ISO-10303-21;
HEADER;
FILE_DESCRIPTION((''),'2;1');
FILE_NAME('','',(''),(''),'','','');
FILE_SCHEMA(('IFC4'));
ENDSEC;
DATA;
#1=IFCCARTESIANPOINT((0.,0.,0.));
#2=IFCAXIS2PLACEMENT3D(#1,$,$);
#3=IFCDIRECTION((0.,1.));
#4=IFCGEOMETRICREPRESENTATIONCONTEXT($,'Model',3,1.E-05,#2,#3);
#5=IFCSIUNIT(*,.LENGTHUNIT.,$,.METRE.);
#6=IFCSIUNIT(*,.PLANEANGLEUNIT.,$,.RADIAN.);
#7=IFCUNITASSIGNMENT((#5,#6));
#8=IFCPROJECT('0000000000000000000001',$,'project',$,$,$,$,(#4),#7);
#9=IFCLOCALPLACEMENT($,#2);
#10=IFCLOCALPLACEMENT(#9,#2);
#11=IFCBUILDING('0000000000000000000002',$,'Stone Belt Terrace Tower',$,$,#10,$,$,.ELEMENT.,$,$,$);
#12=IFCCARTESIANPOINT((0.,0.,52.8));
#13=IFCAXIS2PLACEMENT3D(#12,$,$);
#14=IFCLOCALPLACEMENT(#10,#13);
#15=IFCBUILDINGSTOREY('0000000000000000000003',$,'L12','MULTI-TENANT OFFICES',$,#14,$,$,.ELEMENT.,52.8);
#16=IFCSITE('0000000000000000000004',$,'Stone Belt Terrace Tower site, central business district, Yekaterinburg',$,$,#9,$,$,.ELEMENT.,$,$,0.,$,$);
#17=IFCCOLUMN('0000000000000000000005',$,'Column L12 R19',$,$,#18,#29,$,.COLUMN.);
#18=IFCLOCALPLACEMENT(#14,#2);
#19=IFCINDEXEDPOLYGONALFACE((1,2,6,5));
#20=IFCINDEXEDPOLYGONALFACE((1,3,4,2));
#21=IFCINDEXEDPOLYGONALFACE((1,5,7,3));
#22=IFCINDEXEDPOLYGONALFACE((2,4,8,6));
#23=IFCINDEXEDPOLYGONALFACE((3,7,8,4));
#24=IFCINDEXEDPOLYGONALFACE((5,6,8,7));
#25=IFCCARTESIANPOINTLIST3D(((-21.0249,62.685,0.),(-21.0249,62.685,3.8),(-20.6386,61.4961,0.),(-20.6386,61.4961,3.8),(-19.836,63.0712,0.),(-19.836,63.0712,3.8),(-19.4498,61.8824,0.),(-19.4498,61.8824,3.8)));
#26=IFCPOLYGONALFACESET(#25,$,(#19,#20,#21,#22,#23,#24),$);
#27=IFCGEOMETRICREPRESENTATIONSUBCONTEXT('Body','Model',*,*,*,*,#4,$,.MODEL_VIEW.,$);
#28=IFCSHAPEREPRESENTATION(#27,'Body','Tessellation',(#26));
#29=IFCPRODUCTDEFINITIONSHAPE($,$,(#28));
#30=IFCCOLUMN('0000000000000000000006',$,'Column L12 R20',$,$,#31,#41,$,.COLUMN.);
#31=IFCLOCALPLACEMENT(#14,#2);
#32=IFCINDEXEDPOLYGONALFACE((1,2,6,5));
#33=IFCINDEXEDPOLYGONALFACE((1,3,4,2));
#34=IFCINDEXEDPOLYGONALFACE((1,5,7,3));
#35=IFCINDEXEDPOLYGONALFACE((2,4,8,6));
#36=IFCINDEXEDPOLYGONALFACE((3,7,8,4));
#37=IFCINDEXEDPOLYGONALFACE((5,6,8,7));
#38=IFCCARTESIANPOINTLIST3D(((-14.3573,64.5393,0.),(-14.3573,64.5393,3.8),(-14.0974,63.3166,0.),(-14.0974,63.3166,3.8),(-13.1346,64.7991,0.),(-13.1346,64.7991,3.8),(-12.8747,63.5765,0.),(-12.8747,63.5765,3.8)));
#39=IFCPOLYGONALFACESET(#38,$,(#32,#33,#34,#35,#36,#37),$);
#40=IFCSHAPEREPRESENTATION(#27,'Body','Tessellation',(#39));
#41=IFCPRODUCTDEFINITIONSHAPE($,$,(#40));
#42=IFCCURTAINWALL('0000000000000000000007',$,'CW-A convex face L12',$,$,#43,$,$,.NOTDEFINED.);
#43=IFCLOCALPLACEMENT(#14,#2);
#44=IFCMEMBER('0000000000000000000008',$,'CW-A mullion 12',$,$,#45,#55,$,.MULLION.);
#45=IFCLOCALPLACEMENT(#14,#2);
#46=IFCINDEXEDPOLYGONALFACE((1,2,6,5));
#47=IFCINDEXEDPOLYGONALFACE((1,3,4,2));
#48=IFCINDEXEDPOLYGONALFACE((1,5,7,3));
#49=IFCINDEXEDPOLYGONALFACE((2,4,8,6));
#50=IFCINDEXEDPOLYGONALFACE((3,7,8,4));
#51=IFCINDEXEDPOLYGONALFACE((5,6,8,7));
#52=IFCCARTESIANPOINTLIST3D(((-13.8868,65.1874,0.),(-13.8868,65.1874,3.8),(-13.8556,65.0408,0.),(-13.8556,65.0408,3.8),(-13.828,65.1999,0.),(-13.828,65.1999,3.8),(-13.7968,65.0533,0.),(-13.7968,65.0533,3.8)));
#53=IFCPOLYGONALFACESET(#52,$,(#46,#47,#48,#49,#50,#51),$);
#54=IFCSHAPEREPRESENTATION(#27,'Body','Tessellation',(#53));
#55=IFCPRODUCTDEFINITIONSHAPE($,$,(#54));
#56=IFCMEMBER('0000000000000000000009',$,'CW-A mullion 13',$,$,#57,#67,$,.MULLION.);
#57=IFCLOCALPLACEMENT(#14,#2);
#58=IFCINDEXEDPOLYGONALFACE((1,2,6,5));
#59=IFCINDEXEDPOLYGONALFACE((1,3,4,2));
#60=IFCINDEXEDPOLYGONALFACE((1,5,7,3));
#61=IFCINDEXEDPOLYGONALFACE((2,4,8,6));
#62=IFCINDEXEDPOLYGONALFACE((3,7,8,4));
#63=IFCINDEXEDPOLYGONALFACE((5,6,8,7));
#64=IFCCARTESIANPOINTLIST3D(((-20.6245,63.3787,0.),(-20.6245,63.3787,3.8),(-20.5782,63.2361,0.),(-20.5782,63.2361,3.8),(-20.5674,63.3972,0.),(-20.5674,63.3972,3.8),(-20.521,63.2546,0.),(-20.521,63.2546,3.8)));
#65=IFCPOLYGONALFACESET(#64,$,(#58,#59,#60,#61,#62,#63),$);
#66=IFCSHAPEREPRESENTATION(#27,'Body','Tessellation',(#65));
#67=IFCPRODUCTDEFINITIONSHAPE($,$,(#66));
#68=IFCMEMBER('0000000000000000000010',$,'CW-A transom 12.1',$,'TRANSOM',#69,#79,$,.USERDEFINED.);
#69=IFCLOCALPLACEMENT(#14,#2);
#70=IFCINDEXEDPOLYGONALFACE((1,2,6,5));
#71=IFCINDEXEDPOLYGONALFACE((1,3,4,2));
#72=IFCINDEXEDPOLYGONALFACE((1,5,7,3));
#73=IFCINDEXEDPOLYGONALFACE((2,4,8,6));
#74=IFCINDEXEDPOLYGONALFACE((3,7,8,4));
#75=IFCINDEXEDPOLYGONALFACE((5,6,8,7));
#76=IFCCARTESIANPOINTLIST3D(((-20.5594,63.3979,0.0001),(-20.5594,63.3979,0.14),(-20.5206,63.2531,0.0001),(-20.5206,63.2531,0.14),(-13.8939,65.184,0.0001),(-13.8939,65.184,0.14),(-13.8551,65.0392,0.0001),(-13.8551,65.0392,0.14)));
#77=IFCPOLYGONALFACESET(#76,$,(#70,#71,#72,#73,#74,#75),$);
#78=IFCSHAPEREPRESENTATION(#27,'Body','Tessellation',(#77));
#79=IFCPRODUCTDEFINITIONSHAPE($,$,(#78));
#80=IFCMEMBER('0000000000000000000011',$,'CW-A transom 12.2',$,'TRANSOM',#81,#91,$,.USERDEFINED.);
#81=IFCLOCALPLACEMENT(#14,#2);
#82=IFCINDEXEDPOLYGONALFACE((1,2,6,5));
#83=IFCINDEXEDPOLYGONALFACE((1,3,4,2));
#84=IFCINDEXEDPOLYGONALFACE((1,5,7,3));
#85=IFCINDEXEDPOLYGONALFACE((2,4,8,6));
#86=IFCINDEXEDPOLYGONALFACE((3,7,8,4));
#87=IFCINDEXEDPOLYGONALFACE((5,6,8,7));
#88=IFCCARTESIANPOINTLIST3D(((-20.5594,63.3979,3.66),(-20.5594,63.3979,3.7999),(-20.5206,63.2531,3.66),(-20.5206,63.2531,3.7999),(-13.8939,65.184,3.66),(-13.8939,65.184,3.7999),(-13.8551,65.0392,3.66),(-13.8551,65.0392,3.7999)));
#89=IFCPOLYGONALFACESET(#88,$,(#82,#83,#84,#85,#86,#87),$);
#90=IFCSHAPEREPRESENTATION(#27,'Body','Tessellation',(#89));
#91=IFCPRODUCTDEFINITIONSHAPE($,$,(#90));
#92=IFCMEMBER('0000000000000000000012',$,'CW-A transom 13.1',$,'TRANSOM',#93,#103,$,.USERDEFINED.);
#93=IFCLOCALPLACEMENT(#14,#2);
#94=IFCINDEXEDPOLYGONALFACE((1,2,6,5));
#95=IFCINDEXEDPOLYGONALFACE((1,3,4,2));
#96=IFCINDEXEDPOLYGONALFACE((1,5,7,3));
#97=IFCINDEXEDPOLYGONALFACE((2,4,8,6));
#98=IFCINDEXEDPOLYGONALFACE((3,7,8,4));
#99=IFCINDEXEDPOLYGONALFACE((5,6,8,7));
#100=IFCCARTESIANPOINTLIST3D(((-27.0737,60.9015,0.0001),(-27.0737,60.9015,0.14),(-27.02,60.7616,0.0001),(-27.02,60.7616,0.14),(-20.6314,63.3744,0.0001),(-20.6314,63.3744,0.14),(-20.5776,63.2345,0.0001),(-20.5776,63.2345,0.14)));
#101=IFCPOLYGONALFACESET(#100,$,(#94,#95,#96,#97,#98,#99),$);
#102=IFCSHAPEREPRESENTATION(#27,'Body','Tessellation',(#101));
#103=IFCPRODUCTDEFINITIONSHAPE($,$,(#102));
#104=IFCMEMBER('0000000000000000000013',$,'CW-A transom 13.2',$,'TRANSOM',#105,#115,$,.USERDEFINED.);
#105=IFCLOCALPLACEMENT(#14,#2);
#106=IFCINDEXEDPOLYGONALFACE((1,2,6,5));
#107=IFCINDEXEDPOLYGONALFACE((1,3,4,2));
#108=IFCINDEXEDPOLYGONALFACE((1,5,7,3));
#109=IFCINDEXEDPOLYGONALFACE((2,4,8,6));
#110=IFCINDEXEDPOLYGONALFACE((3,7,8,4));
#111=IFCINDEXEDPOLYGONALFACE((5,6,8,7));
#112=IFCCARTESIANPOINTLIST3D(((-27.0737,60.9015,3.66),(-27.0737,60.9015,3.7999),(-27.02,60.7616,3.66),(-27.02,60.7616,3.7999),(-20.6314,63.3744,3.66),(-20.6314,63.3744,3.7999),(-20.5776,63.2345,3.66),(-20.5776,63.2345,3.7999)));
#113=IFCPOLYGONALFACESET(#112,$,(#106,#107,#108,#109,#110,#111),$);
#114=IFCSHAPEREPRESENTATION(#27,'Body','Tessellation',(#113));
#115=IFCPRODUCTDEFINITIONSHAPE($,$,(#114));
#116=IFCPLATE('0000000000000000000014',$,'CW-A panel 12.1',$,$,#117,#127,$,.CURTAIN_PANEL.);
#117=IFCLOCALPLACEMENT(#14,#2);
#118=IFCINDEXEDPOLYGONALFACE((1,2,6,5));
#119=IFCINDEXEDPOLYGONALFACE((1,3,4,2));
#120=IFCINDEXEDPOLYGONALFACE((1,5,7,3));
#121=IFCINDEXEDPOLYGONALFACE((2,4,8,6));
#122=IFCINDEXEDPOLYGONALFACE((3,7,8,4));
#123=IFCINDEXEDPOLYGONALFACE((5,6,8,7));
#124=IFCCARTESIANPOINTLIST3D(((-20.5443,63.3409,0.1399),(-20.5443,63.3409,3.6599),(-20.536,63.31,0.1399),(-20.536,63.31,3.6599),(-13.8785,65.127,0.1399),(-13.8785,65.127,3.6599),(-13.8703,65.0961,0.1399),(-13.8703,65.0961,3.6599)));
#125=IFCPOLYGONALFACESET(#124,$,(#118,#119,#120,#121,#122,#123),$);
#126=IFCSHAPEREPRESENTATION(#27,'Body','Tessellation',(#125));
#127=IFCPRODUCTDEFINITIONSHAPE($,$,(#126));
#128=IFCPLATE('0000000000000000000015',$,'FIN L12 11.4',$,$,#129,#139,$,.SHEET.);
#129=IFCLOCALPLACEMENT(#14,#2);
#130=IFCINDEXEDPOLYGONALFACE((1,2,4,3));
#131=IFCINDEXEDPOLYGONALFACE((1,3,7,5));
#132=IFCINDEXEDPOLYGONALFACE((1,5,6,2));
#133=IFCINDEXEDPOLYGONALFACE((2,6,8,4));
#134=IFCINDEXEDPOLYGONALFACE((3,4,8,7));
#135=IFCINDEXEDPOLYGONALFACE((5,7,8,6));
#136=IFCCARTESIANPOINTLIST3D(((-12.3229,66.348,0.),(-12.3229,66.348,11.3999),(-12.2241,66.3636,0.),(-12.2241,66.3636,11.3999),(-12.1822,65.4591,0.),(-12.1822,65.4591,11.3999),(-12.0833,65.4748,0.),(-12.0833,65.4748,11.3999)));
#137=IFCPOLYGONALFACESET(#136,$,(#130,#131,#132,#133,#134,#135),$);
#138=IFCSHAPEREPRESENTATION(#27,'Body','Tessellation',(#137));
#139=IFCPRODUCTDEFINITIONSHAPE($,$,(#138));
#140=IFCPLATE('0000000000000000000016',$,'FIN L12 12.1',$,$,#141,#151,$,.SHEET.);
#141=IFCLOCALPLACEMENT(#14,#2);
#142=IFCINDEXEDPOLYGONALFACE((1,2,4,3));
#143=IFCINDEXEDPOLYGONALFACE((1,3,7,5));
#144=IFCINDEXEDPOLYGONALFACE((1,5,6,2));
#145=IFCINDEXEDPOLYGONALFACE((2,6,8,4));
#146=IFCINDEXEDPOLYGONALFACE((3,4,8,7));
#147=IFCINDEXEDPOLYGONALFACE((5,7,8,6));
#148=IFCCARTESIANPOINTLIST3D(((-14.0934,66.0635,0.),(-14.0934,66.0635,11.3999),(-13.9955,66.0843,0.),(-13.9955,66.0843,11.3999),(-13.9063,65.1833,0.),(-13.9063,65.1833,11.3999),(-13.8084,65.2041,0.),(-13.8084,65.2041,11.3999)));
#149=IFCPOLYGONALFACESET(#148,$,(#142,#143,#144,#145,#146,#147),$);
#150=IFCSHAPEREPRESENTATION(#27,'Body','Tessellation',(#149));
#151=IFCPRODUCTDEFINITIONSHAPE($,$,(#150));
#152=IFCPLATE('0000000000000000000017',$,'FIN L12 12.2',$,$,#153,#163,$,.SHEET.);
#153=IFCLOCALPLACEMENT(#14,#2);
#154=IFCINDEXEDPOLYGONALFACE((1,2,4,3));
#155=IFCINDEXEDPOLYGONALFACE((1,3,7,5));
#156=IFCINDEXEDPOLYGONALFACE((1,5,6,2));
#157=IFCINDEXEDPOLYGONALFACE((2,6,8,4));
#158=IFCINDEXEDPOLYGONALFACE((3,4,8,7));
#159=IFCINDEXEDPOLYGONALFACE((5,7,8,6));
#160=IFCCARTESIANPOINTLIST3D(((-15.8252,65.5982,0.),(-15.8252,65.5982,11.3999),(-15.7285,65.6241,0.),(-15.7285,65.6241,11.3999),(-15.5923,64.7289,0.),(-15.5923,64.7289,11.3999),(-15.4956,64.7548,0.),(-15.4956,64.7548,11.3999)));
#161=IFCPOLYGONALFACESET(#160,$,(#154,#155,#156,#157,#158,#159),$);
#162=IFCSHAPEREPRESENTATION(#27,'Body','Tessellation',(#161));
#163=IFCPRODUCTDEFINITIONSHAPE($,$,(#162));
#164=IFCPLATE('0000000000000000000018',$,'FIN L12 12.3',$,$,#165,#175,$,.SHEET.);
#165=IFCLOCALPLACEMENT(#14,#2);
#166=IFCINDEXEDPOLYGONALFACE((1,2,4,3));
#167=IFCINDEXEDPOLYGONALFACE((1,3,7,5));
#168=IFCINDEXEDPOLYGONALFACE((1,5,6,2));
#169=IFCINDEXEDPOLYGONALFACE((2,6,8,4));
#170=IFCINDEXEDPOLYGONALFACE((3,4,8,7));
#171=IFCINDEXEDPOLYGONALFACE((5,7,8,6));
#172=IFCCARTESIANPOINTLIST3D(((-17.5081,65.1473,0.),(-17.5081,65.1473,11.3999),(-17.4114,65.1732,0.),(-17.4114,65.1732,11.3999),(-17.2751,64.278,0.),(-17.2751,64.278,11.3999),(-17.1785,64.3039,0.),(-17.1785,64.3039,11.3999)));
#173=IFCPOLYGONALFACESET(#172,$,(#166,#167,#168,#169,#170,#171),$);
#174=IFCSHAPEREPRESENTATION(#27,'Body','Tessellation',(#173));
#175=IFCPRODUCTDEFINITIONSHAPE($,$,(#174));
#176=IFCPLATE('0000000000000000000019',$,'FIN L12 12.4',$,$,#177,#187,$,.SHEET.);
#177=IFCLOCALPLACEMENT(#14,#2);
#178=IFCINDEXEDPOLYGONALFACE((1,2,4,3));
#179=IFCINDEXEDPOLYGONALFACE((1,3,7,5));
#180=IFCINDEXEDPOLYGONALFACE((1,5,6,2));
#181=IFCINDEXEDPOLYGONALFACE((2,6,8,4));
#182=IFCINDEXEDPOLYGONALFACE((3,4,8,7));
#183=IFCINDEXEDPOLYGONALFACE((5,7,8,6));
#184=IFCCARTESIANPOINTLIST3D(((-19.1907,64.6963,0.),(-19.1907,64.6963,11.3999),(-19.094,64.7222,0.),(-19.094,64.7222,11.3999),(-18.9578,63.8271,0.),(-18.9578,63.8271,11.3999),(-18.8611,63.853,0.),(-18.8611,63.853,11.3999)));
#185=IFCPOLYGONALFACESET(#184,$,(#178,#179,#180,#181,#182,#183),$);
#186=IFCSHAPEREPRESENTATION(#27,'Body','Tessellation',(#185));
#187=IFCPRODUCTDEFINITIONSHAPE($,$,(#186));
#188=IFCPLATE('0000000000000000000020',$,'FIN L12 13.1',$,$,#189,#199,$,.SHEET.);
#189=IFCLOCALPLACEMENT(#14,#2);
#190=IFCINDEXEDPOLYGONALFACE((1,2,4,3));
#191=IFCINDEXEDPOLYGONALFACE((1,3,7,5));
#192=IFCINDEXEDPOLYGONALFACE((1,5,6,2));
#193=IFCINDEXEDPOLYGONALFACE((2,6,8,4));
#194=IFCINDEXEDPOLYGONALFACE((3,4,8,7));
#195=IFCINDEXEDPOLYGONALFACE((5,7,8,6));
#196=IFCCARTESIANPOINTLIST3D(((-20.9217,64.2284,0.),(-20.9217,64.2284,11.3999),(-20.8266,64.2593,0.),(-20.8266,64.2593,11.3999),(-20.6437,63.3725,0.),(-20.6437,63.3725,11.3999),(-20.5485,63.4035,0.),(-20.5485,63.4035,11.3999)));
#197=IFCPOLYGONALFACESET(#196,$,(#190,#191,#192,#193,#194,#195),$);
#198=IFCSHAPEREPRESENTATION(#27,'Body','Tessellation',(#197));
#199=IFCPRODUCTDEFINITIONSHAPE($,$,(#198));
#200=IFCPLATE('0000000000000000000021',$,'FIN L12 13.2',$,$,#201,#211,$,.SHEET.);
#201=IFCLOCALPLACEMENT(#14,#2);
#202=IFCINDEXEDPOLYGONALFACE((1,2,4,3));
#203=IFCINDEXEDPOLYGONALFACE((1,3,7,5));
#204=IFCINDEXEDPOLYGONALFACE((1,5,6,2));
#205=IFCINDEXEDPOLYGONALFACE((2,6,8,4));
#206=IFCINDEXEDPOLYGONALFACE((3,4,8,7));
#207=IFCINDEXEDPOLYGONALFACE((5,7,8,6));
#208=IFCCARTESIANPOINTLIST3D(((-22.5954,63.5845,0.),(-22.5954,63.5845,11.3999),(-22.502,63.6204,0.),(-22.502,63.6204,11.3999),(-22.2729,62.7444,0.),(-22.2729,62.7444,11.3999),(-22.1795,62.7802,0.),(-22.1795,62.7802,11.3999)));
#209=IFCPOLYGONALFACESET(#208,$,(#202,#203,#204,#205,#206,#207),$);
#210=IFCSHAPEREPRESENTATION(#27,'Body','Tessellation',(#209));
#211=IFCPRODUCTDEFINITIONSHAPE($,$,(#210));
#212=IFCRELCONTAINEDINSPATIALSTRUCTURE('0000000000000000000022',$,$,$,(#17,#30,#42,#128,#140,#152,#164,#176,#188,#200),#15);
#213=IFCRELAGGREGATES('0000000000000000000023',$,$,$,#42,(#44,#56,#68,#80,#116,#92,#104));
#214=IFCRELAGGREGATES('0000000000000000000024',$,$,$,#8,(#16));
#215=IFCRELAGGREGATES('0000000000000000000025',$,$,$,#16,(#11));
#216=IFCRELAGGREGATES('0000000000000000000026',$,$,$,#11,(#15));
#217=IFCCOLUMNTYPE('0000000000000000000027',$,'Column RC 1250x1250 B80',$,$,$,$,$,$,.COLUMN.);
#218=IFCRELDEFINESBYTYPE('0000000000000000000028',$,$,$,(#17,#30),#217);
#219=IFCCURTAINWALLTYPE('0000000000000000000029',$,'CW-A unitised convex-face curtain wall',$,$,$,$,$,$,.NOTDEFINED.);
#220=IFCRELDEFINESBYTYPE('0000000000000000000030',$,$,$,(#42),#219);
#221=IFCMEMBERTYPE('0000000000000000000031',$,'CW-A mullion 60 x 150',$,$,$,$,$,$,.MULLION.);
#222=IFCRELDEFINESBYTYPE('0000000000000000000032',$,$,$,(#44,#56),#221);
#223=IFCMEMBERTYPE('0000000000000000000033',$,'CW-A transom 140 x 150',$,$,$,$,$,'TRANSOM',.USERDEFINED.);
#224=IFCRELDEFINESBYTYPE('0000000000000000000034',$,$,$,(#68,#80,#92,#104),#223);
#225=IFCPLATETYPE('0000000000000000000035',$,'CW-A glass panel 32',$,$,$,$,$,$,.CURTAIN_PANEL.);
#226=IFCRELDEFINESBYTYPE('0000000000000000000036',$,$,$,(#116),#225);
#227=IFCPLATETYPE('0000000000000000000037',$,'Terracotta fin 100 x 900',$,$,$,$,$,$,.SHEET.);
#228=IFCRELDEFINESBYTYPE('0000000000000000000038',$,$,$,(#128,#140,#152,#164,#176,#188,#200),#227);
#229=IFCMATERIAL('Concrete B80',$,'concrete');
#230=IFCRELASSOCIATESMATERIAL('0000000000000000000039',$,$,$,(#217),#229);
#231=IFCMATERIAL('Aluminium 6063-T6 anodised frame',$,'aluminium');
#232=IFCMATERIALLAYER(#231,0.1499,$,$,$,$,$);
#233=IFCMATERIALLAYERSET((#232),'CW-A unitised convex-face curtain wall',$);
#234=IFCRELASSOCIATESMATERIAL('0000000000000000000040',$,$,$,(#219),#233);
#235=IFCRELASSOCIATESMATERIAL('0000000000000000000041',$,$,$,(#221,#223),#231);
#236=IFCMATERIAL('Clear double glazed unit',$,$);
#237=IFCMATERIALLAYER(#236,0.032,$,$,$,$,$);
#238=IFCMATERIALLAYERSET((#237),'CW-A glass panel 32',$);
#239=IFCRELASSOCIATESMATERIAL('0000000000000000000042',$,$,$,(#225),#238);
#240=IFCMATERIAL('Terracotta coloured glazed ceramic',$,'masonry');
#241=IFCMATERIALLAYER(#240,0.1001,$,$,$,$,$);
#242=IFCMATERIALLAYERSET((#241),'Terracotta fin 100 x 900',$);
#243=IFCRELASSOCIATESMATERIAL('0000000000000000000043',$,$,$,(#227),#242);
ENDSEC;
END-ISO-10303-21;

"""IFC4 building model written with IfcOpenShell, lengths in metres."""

from ifc_helpers import new_model, si_unit, direction, frame, origin, origin_2d, place, context, subcontext, project, spatial, rectangle, extrude, material, layer, layer_set, material_profile, profile_set, type_object, element, aggregate, save


model = new_model("IFC4")

# Units and contexts
model_context = context("Model", 3, precision=1e-05, world=origin(), true_north=direction((0.0, 1.0)))
body_context = subcontext(model_context, "Body", "Model", "MODEL_VIEW")
ifc_project = project(units=[si_unit("LENGTHUNIT", "METRE"), si_unit("PLANEANGLEUNIT", "RADIAN")], contexts=[model_context])

# Site, building, storey
site_placement = place(None, origin())
site = spatial("IfcSite", under=ifc_project, at=site_placement, Name="Stone Belt Terrace Tower site, central business district, Yekaterinburg", CompositionType="ELEMENT", RefElevation=0.0)
building_placement = place(site_placement, origin())
building = spatial("IfcBuilding", under=site, at=building_placement, Name="Stone Belt Terrace Tower", CompositionType="ELEMENT")
storey_placement = place(building_placement, frame((0.0, 0.0, 52.8)))
storey = spatial("IfcBuildingStorey", under=building, at=storey_placement, Name="L12", Description="MULTI-TENANT OFFICES", CompositionType="ELEMENT", Elevation=52.8)

# Columns
ifc_material_1 = material(Name="Concrete B80", Category="concrete")
ifc_material_profile_1 = material_profile(ifc_material_1, rectangle(XDim=1.25, YDim=1.25, at=origin_2d()), Name="RC 1250x1250")
ifc_profile_set_1 = profile_set([ifc_material_profile_1], Name="Concrete B80")
column_type = type_object("IfcColumnType", Name="Column RC 1250x1250 B80", PredefinedType="COLUMN", material=ifc_profile_set_1)
for number, where, z_axis, x_axis, name in (
    (1, (-20.2373, 62.2837, 0.0), (0.0, 0.0, 1.0), (0.951057, 0.309017, 0.0), "Column L12 R19"),
    (2, (-13.616, 64.0579, 0.0), (0.0, 0.0, 1.0), (0.978148, 0.207912, 0.0), "Column L12 R20"),
):
    element("IfcColumn", number, at=place(storey_placement, frame(where, z_axis=z_axis, x_axis=x_axis)), inside=storey, type_object=column_type, Name=name, PredefinedType="COLUMN", context=body_context, shape_type="SweptSolid", body=[
        extrude(rectangle(XDim=1.25, YDim=1.25, at=origin_2d()), origin(), (0.0, 0.0, 1.0), 3.8),
    ])

# Curtain wall, members, plate
ifc_material_2 = material(Name="Aluminium 6063-T6 anodised frame", Category="aluminium")
ifc_layer_1 = layer(ifc_material_2, 0.1499)
ifc_layer_set_1 = layer_set([ifc_layer_1], Name="CW-A unitised convex-face curtain wall")
curtain_wall_type = type_object("IfcCurtainWallType", Name="CW-A unitised convex-face curtain wall", PredefinedType="NOTDEFINED", material=ifc_layer_set_1)
curtain_wall_placement = place(storey_placement, origin())
curtain_wall = element("IfcCurtainWall", 3, at=curtain_wall_placement, inside=storey, type_object=curtain_wall_type, Name="CW-A convex face L12", PredefinedType="NOTDEFINED")
ifc_material_profile_2 = material_profile(ifc_material_2, rectangle(XDim=0.1499, YDim=0.0601, at=origin_2d()), Name="Aluminium 6063-T6 60x150")
ifc_profile_set_2 = profile_set([ifc_material_profile_2], Name="Aluminium 6063-T6 anodised frame")
member_type_1 = type_object("IfcMemberType", Name="CW-A mullion 60 x 150", PredefinedType="MULLION", material=ifc_profile_set_2)
member_1_placement = place(storey_placement, frame((-13.8418, 65.1204, 0.0), z_axis=(0.0, 0.0, 1.0), x_axis=(0.207912, -0.978148, 0.0)))
member_1 = element("IfcMember", 4, at=member_1_placement, type_object=member_type_1, Name="CW-A mullion 12", PredefinedType="MULLION", context=body_context, shape_type="SweptSolid", body=[
    extrude(rectangle(XDim=0.1499, YDim=0.0601, at=origin_2d()), origin(), (0.0, 0.0, 1.0), 3.8),
])
member_2_placement = place(storey_placement, frame((-20.5728, 63.3167, 0.0), z_axis=(0.0, 0.0, 1.0), x_axis=(0.309017, -0.951057, 0.0)))
member_2 = element("IfcMember", 5, at=member_2_placement, type_object=member_type_1, Name="CW-A mullion 13", PredefinedType="MULLION", context=body_context, shape_type="SweptSolid", body=[
    extrude(rectangle(XDim=0.1499, YDim=0.0601, at=origin_2d()), origin(), (0.0, 0.0, 1.0), 3.8),
])
ifc_material_profile_3 = material_profile(ifc_material_2, rectangle(XDim=0.1499, YDim=0.1399, at=origin_2d()), Name="Aluminium 6063-T6 150x140")
ifc_profile_set_3 = profile_set([ifc_material_profile_3], Name="Aluminium 6063-T6 anodised frame")
member_type_2 = type_object("IfcMemberType", Name="CW-A transom 140 x 150", ElementType="TRANSOM", PredefinedType="USERDEFINED", material=ifc_profile_set_3)
member_3_placement = place(storey_placement, frame((-13.8745, 65.1116, 0.0701), z_axis=(-0.965922, -0.258834, 0.0), x_axis=(0.258834, -0.965922, 0.0)))
member_3 = element("IfcMember", 6, at=member_3_placement, type_object=member_type_2, Name="CW-A transom 12.1", ObjectType="TRANSOM", PredefinedType="USERDEFINED", context=body_context, shape_type="SweptSolid", body=[
    extrude(rectangle(XDim=0.1499, YDim=0.1399, at=origin_2d()), origin(), (0.0, 0.0, 1.0), 6.9006),
])
member_4_placement = place(storey_placement, frame((-13.8745, 65.1116, 3.73), z_axis=(-0.965922, -0.258834, 0.0), x_axis=(0.258834, -0.965922, 0.0)))
member_4 = element("IfcMember", 7, at=member_4_placement, type_object=member_type_2, Name="CW-A transom 12.2", ObjectType="TRANSOM", PredefinedType="USERDEFINED", context=body_context, shape_type="SweptSolid", body=[
    extrude(rectangle(XDim=0.1499, YDim=0.1399, at=origin_2d()), origin(), (0.0, 0.0, 1.0), 6.9006),
])
member_5_placement = place(storey_placement, frame((-20.6045, 63.3044, 0.0701), z_axis=(-0.933585, -0.358355, 0.0), x_axis=(0.358355, -0.933585, 0.0)))
member_5 = element("IfcMember", 8, at=member_5_placement, type_object=member_type_2, Name="CW-A transom 13.1", ObjectType="TRANSOM", PredefinedType="USERDEFINED", context=body_context, shape_type="SweptSolid", body=[
    extrude(rectangle(XDim=0.1499, YDim=0.1399, at=origin_2d()), origin(), (0.0, 0.0, 1.0), 6.9006),
])
member_6_placement = place(storey_placement, frame((-20.6045, 63.3044, 3.73), z_axis=(-0.933585, -0.358355, 0.0), x_axis=(0.358355, -0.933585, 0.0)))
member_6 = element("IfcMember", 9, at=member_6_placement, type_object=member_type_2, Name="CW-A transom 13.2", ObjectType="TRANSOM", PredefinedType="USERDEFINED", context=body_context, shape_type="SweptSolid", body=[
    extrude(rectangle(XDim=0.1499, YDim=0.1399, at=origin_2d()), origin(), (0.0, 0.0, 1.0), 6.9006),
])
ifc_material_3 = material(Name="Clear double glazed unit")
ifc_layer_2 = layer(ifc_material_3, 0.032)
ifc_layer_set_2 = layer_set([ifc_layer_2], Name="CW-A glass panel 32")
plate_type_1 = type_object("IfcPlateType", Name="CW-A glass panel 32", PredefinedType="CURTAIN_PANEL", material=ifc_layer_set_2)
plate_placement = place(storey_placement, frame((-17.2073, 64.2185, 0.1399), z_axis=(0.0, 0.0, 1.0), x_axis=(-0.965926, -0.258819, 0.0)))
plate = element("IfcPlate", 10, at=plate_placement, type_object=plate_type_1, Name="CW-A panel 12.1", PredefinedType="CURTAIN_PANEL", context=body_context, shape_type="SweptSolid", body=[
    extrude(rectangle(XDim=6.9009, YDim=0.032, at=origin_2d()), origin(), (0.0, 0.0, 1.0), 3.52),
])
aggregate(curtain_wall, [member_1, member_2, member_3, member_4, plate, member_5, member_6])

# Plates
ifc_material_4 = material(Name="Terracotta coloured glazed ceramic", Category="masonry")
ifc_layer_3 = layer(ifc_material_4, 0.1001)
ifc_layer_set_3 = layer_set([ifc_layer_3], Name="Terracotta fin 100 x 900")
plate_type_2 = type_object("IfcPlateType", Name="Terracotta fin 100 x 900", PredefinedType="SHEET", material=ifc_layer_set_3)
for number, where, z_axis, x_axis, name in (
    (11, (-12.2031, 65.9114, 0.0), (0.0, 0.0, 1.0), (-0.156434, 0.987688, 0.0), "FIN L12 11.4"),
    (12, (-13.9509, 65.6338, 0.0), (0.0, 0.0, 1.0), (-0.207912, 0.978148, 0.0), "FIN L12 12.1"),
    (13, (-15.6604, 65.1765, 0.0), (0.0, 0.0, 1.0), (-0.258819, 0.965926, 0.0), "FIN L12 12.2"),
    (14, (-17.3433, 64.7256, 0.0), (0.0, 0.0, 1.0), (-0.258819, 0.965926, 0.0), "FIN L12 12.3"),
    (15, (-19.0259, 64.2747, 0.0), (0.0, 0.0, 1.0), (-0.258819, 0.965926, 0.0), "FIN L12 12.4"),
    (16, (-20.7351, 63.8159, 0.0), (0.0, 0.0, 1.0), (-0.309017, 0.951057, 0.0), "FIN L12 13.1"),
    (17, (-22.3875, 63.1824, 0.0), (0.0, 0.0, 1.0), (-0.358368, 0.93358, 0.0), "FIN L12 13.2"),
):
    element("IfcPlate", number, at=place(storey_placement, frame(where, z_axis=z_axis, x_axis=x_axis)), inside=storey, type_object=plate_type_2, Name=name, PredefinedType="SHEET", context=body_context, shape_type="SweptSolid", body=[
        extrude(rectangle(XDim=0.8999, YDim=0.1001, at=origin_2d()), origin(), (0.0, 0.0, 1.0), 11.3999),
    ])

save(model, "model.ifc")
